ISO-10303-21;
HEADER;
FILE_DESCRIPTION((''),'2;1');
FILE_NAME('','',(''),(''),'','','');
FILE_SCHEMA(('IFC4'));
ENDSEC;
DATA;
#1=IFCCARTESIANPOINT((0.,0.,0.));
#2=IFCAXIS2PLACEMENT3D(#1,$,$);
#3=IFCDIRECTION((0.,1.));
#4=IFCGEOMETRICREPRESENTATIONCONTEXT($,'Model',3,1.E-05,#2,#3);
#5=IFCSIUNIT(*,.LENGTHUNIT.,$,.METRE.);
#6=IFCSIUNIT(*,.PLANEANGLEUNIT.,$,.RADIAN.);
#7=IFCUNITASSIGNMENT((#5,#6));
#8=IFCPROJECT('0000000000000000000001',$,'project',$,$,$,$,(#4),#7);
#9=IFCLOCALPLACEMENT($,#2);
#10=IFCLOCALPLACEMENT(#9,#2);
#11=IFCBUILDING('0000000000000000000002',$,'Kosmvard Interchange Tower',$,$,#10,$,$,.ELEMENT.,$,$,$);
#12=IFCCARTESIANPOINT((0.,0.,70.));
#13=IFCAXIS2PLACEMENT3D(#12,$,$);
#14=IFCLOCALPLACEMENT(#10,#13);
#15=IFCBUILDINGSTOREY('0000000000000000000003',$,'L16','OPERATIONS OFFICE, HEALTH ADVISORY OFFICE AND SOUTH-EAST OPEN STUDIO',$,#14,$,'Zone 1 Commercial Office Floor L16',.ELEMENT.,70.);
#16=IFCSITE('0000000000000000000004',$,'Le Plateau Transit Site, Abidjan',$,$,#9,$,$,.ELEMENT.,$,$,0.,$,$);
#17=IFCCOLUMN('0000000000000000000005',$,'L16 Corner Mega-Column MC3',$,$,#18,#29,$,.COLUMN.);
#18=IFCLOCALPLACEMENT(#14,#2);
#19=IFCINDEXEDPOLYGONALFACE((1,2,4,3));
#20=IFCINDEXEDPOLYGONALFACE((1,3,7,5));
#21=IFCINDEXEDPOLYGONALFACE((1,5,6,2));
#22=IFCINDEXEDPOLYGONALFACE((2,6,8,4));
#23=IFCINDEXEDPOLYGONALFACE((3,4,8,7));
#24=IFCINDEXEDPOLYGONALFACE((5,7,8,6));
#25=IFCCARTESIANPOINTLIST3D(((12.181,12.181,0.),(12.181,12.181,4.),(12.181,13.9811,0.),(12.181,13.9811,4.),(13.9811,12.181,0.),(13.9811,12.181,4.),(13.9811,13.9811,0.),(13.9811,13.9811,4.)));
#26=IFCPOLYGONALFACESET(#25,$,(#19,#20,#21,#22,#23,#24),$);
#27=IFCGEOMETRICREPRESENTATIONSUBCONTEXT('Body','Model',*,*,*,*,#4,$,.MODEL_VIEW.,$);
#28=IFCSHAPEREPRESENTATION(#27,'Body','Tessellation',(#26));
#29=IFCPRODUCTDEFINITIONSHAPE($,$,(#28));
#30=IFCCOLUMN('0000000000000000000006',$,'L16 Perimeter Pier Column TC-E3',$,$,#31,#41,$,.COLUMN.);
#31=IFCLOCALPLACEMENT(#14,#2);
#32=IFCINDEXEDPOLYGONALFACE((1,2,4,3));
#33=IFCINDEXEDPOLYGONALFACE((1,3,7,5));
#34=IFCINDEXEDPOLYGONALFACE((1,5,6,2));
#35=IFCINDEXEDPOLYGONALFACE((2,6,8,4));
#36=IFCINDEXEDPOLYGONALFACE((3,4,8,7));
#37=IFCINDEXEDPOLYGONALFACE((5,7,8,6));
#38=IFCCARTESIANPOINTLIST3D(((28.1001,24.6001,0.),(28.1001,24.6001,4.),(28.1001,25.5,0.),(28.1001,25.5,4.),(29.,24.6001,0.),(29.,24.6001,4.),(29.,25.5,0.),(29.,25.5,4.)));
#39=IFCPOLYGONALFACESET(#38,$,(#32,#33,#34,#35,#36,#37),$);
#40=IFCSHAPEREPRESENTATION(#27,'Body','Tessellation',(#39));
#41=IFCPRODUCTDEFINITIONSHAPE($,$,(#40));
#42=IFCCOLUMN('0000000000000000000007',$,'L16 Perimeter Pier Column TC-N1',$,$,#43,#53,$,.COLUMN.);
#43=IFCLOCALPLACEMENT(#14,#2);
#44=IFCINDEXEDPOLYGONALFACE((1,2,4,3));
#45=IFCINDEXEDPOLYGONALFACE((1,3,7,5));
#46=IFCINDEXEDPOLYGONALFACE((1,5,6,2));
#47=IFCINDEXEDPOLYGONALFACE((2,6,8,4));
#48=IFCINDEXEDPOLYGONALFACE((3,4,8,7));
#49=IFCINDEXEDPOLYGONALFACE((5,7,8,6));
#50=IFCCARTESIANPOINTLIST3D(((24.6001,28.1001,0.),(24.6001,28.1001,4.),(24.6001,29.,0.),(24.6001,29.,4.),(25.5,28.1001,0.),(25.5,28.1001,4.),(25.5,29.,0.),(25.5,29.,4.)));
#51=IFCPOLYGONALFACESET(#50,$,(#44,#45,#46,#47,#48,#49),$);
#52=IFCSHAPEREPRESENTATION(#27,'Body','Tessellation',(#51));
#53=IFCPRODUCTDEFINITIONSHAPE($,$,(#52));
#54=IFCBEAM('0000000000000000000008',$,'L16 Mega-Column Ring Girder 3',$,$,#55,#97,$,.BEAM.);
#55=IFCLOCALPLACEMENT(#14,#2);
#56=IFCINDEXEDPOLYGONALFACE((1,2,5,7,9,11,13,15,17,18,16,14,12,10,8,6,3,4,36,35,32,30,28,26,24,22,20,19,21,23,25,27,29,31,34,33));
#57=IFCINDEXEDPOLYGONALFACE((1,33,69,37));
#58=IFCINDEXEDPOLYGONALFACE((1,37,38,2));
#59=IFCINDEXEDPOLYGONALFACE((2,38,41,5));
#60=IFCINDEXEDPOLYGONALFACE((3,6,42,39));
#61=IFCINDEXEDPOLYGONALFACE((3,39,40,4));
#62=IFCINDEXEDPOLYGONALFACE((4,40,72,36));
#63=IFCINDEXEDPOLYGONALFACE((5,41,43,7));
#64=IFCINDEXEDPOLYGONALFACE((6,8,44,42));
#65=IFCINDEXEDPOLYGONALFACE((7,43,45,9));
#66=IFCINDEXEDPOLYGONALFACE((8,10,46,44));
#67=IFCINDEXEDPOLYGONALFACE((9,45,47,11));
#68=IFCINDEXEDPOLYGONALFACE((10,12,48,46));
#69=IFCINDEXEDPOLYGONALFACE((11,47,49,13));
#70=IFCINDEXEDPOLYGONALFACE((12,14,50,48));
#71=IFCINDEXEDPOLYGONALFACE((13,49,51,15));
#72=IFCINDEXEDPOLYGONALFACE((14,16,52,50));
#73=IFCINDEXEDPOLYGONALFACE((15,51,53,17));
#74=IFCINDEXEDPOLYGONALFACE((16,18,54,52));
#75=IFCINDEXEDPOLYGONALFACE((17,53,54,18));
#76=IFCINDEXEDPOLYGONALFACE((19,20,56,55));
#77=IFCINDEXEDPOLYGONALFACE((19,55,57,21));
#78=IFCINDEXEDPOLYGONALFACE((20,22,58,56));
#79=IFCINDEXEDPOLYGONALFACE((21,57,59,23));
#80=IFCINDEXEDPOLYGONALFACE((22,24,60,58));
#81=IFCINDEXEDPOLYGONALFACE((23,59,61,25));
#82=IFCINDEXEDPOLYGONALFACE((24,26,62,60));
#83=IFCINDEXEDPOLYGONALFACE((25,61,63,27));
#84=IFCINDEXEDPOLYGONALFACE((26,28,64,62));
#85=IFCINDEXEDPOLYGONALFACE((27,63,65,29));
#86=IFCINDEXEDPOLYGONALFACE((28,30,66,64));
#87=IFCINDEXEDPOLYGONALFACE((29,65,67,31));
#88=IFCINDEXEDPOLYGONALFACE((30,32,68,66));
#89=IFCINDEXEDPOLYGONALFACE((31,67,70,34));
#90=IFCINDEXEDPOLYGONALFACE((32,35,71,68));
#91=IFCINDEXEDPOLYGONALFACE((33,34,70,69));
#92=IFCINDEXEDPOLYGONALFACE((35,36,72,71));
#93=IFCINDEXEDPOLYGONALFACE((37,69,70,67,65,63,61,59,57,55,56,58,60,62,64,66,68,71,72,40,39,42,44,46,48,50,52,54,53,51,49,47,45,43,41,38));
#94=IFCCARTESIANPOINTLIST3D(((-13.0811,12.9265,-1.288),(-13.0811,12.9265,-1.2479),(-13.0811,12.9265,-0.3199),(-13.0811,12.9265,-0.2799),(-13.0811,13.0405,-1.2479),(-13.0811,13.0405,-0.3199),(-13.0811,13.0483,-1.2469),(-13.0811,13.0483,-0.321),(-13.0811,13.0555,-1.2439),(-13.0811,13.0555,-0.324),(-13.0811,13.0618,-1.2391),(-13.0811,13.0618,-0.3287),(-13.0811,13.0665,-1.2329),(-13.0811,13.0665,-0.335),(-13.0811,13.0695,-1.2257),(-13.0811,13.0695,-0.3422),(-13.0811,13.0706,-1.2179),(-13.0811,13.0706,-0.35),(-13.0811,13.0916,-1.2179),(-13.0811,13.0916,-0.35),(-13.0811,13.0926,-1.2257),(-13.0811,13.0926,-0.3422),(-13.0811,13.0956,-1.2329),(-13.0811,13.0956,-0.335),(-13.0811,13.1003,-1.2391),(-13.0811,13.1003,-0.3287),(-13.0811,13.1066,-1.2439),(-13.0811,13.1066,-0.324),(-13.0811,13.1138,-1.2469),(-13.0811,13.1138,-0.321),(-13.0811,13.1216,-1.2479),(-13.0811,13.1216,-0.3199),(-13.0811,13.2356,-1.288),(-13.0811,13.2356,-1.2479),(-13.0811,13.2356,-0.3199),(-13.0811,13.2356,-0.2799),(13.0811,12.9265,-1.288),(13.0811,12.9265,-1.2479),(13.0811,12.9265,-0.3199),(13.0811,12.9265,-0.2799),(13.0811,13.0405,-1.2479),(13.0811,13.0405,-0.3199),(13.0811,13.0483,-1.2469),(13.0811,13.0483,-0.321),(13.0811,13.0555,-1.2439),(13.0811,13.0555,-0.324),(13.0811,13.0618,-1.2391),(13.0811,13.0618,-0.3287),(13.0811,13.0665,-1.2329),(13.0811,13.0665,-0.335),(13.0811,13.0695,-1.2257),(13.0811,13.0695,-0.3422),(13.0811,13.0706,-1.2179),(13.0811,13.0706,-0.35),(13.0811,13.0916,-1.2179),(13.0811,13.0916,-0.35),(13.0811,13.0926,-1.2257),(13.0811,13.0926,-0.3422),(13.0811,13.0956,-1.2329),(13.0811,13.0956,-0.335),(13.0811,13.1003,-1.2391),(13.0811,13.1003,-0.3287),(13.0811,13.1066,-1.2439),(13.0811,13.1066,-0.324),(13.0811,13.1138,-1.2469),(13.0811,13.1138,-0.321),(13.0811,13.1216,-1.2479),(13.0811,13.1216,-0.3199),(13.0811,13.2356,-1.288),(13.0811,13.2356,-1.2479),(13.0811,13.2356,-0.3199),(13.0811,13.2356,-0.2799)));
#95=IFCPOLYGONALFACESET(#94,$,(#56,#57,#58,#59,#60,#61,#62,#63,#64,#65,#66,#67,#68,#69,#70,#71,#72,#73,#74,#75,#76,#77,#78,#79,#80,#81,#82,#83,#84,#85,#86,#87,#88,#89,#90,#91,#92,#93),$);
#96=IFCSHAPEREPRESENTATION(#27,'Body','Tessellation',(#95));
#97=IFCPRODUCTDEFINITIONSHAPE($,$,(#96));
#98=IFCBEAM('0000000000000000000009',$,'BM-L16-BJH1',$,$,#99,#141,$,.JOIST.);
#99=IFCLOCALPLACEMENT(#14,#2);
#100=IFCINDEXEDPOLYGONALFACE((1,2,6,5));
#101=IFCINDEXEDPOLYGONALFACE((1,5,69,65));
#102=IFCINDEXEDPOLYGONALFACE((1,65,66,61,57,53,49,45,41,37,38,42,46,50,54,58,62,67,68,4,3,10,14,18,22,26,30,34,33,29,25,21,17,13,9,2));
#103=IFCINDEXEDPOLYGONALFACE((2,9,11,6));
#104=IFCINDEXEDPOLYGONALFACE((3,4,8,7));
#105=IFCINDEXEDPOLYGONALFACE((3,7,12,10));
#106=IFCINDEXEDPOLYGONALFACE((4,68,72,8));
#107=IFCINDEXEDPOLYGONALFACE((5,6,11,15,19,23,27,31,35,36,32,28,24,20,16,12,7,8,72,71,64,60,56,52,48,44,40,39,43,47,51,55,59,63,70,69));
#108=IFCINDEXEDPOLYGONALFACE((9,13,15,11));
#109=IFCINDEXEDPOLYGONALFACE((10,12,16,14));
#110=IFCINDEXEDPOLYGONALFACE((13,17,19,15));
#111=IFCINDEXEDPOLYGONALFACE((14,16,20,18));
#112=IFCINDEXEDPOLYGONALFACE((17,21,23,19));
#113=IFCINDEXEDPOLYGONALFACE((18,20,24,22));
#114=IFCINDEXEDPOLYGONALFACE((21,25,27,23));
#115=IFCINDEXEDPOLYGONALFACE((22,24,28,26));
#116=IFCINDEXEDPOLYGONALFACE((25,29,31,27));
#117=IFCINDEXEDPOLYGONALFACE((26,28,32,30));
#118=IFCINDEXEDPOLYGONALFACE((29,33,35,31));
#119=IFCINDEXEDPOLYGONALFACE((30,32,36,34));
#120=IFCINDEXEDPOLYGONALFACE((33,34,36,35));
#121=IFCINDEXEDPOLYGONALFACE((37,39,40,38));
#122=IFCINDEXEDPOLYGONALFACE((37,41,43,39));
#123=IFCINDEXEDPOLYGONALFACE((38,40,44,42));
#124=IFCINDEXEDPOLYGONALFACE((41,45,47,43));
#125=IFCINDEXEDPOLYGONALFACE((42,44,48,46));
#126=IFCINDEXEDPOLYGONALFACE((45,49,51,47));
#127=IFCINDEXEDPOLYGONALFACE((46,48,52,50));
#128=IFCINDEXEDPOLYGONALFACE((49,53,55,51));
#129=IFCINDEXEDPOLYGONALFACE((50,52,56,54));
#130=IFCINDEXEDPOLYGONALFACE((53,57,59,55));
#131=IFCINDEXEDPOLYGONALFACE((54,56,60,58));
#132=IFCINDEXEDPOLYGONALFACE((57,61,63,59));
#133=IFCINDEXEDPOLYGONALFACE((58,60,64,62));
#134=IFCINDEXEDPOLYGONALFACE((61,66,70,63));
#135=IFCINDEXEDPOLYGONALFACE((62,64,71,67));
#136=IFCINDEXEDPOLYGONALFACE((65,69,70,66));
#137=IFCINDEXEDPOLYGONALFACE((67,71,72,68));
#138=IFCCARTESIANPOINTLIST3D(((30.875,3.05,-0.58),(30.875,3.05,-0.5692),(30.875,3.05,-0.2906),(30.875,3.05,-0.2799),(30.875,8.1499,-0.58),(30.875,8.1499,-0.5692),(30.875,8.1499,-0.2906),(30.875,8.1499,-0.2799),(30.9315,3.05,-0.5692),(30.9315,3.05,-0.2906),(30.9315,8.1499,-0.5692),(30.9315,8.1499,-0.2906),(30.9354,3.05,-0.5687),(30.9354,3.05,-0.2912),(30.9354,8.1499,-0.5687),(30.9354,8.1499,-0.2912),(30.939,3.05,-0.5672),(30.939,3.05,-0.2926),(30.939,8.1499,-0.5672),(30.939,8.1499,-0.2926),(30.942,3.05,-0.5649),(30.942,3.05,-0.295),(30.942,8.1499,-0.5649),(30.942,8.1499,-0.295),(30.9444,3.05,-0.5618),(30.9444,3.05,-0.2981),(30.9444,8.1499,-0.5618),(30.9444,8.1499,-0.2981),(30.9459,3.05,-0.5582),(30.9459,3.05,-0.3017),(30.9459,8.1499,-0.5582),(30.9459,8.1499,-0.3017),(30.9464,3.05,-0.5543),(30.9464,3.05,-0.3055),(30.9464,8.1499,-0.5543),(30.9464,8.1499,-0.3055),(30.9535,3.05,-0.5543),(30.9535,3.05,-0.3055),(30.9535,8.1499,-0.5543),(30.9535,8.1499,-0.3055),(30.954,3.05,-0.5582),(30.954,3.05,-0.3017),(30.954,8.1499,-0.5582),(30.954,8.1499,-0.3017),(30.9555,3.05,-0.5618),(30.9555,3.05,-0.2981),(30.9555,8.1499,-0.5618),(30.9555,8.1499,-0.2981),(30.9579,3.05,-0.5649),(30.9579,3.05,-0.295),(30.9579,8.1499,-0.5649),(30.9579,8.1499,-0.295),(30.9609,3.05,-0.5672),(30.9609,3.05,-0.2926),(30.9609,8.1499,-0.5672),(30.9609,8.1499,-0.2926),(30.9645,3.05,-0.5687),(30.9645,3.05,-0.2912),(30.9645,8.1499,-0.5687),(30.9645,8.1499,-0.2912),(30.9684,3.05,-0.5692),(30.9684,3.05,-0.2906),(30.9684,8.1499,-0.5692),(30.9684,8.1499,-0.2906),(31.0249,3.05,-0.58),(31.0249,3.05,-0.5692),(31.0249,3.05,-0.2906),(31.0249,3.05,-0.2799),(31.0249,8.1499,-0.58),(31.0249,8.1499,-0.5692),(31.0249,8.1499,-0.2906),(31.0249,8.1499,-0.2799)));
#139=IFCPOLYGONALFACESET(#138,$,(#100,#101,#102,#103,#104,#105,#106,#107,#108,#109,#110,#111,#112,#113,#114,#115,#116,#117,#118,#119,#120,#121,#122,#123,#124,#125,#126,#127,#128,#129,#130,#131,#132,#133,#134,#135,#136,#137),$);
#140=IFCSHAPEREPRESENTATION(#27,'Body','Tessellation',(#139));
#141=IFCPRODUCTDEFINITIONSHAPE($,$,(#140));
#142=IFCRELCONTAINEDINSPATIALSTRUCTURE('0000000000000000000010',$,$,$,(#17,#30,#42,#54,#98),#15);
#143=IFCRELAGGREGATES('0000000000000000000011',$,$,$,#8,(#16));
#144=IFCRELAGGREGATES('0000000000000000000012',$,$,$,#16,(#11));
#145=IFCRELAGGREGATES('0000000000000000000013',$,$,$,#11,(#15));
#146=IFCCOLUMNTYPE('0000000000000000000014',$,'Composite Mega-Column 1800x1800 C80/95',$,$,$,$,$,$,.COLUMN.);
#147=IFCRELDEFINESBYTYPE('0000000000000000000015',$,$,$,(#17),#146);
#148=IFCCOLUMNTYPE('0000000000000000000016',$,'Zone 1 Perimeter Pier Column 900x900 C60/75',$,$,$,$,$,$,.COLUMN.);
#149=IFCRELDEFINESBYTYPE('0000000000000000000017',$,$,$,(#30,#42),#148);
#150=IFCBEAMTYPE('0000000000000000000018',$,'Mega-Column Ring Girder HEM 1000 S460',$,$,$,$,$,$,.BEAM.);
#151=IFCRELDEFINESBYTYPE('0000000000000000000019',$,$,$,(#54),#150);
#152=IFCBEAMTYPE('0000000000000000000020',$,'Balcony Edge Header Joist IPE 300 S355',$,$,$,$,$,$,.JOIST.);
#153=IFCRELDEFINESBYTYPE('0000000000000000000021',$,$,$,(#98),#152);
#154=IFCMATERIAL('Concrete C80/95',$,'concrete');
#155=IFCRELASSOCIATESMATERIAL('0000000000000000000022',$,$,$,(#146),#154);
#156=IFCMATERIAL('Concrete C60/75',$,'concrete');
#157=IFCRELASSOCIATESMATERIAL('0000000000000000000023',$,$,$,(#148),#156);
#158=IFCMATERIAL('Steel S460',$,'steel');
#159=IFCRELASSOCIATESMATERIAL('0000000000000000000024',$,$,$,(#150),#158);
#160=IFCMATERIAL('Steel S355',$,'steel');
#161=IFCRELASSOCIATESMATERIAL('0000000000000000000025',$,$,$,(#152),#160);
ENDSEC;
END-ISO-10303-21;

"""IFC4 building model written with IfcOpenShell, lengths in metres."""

from ifc_helpers import new_model, si_unit, direction, frame, origin, origin_2d, place, context, subcontext, project, spatial, rectangle, i_section, extrude, source, transform, mapped, material, material_profile, profile_set, type_object, element, save


model = new_model("IFC4")

# Units and contexts
model_context = context("Model", 3, precision=1e-05, world=origin(), true_north=direction((0.0, 1.0)))
body_context = subcontext(model_context, "Body", "Model", "MODEL_VIEW")
ifc_project = project(units=[si_unit("LENGTHUNIT", "METRE"), si_unit("PLANEANGLEUNIT", "RADIAN")], contexts=[model_context])

# Site, building, storey
site_placement = place(None, origin())
site = spatial("IfcSite", under=ifc_project, at=site_placement, Name="Le Plateau Transit Site, Abidjan", CompositionType="ELEMENT", RefElevation=0.0)
building_placement = place(site_placement, origin())
building = spatial("IfcBuilding", under=site, at=building_placement, Name="Kosmvard Interchange Tower", CompositionType="ELEMENT")
storey_placement = place(building_placement, frame((0.0, 0.0, 70.0)))
storey = spatial("IfcBuildingStorey", under=building, at=storey_placement, Name="L16", Description="OPERATIONS OFFICE, HEALTH ADVISORY OFFICE AND SOUTH-EAST OPEN STUDIO", LongName="Zone 1 Commercial Office Floor L16", CompositionType="ELEMENT", Elevation=70.0)

# Columns
ifc_material_1 = material(Name="Concrete C80/95", Category="concrete")
ifc_material_profile_1 = material_profile(ifc_material_1, rectangle(XDim=1.8, YDim=1.8, at=origin_2d()), Name="MC 1800x1800")
ifc_profile_set_1 = profile_set([ifc_material_profile_1], Name="Concrete C80/95")
column_type_1 = type_object("IfcColumnType", Name="Composite Mega-Column 1800x1800 C80/95", PredefinedType="COLUMN", material=ifc_profile_set_1)
shared_shape_1 = source(origin(), body_context, "Body", "SweptSolid", [
    extrude(rectangle(XDim=1.8, YDim=1.8, at=origin_2d()), origin(), (0.0, 0.0, 1.0), 4.0),
])
column_placement = place(storey_placement, frame((13.0811, 13.0811, 0.0), z_axis=(0.0, 0.0, 1.0), x_axis=(1.0, 0.0, 0.0)))
element("IfcColumn", 1, at=column_placement, inside=storey, type_object=column_type_1, Name="L16 Corner Mega-Column MC3", PredefinedType="COLUMN", context=body_context, shape_type="MappedRepresentation", body=[
    mapped(shared_shape_1, transform((0.0, 0.0, 0.0), scale=1.0)),
])
ifc_material_2 = material(Name="Concrete C60/75", Category="concrete")
ifc_material_profile_2 = material_profile(ifc_material_2, rectangle(XDim=0.8999, YDim=0.8999, at=origin_2d()), Name="TC 900x900")
ifc_profile_set_2 = profile_set([ifc_material_profile_2], Name="Concrete C60/75")
column_type_2 = type_object("IfcColumnType", Name="Zone 1 Perimeter Pier Column 900x900 C60/75", PredefinedType="COLUMN", material=ifc_profile_set_2)
shared_shape_2 = source(origin(), body_context, "Body", "SweptSolid", [
    extrude(rectangle(XDim=0.8999, YDim=0.8999, at=origin_2d()), origin(), (0.0, 0.0, 1.0), 4.0),
])
for number, where, z_axis, x_axis, name in (
    (2, (28.55, 25.05, 0.0), (0.0, 0.0, 1.0), (1.0, 0.0, 0.0), "L16 Perimeter Pier Column TC-E3"),
    (3, (25.05, 28.55, 0.0), (0.0, 0.0, 1.0), (1.0, 0.0, 0.0), "L16 Perimeter Pier Column TC-N1"),
):
    element("IfcColumn", number, at=place(storey_placement, frame(where, z_axis=z_axis, x_axis=x_axis)), inside=storey, type_object=column_type_2, Name=name, PredefinedType="COLUMN", context=body_context, shape_type="MappedRepresentation", body=[
        mapped(shared_shape_2, transform((0.0, 0.0, 0.0), scale=1.0)),
    ])

# Beams
ifc_material_3 = material(Name="Steel S460", Category="steel")
ifc_material_profile_3 = material_profile(ifc_material_3, i_section(OverallWidth=0.3091, OverallDepth=1.0081, WebThickness=0.021, FlangeThickness=0.04, FilletRadius=0.03, at=origin_2d()), Name="HEM 1000")
ifc_profile_set_3 = profile_set([ifc_material_profile_3], Name="Steel S460")
beam_type_1 = type_object("IfcBeamType", Name="Mega-Column Ring Girder HEM 1000 S460", PredefinedType="BEAM", material=ifc_profile_set_3)
shared_shape_3 = source(origin(), body_context, "Body", "SweptSolid", [
    extrude(i_section(OverallWidth=0.3091, OverallDepth=1.0081, WebThickness=0.021, FlangeThickness=0.04, FilletRadius=0.03, at=origin_2d()), origin(), (0.0, 0.0, 1.0), 26.1621),
])
beam_1_placement = place(storey_placement, frame((13.0811, 13.0811, -0.7839), z_axis=(-1.0, 0.0, 0.0), x_axis=(0.0, -1.0, 0.0)))
element("IfcBeam", 4, at=beam_1_placement, inside=storey, type_object=beam_type_1, Name="L16 Mega-Column Ring Girder 3", PredefinedType="BEAM", context=body_context, shape_type="MappedRepresentation", body=[
    mapped(shared_shape_3, transform((0.0, 0.0, 0.0), scale=1.0)),
])
ifc_material_4 = material(Name="Steel S355", Category="steel")
ifc_material_profile_4 = material_profile(ifc_material_4, i_section(OverallWidth=0.1499, OverallDepth=0.3, WebThickness=0.0071, FlangeThickness=0.0107, FilletRadius=0.0149, at=origin_2d()), Name="IPE 300")
ifc_profile_set_4 = profile_set([ifc_material_profile_4], Name="Steel S355")
beam_type_2 = type_object("IfcBeamType", Name="Balcony Edge Header Joist IPE 300 S355", PredefinedType="JOIST", material=ifc_profile_set_4)
shared_shape_4 = source(origin(), body_context, "Body", "SweptSolid", [
    extrude(i_section(OverallWidth=0.1499, OverallDepth=0.3, WebThickness=0.0071, FlangeThickness=0.0107, FilletRadius=0.0149, at=origin_2d()), origin(), (0.0, 0.0, 1.0), 5.0999),
])
beam_2_placement = place(storey_placement, frame((30.95, 3.05, -0.4299), z_axis=(0.0, 1.0, 0.0), x_axis=(-1.0, 0.0, 0.0)))
element("IfcBeam", 5, at=beam_2_placement, inside=storey, type_object=beam_type_2, Name="BM-L16-BJH1", PredefinedType="JOIST", context=body_context, shape_type="MappedRepresentation", body=[
    mapped(shared_shape_4, transform((0.0, 0.0, 0.0), scale=1.0)),
])

save(model, "model.ifc")
